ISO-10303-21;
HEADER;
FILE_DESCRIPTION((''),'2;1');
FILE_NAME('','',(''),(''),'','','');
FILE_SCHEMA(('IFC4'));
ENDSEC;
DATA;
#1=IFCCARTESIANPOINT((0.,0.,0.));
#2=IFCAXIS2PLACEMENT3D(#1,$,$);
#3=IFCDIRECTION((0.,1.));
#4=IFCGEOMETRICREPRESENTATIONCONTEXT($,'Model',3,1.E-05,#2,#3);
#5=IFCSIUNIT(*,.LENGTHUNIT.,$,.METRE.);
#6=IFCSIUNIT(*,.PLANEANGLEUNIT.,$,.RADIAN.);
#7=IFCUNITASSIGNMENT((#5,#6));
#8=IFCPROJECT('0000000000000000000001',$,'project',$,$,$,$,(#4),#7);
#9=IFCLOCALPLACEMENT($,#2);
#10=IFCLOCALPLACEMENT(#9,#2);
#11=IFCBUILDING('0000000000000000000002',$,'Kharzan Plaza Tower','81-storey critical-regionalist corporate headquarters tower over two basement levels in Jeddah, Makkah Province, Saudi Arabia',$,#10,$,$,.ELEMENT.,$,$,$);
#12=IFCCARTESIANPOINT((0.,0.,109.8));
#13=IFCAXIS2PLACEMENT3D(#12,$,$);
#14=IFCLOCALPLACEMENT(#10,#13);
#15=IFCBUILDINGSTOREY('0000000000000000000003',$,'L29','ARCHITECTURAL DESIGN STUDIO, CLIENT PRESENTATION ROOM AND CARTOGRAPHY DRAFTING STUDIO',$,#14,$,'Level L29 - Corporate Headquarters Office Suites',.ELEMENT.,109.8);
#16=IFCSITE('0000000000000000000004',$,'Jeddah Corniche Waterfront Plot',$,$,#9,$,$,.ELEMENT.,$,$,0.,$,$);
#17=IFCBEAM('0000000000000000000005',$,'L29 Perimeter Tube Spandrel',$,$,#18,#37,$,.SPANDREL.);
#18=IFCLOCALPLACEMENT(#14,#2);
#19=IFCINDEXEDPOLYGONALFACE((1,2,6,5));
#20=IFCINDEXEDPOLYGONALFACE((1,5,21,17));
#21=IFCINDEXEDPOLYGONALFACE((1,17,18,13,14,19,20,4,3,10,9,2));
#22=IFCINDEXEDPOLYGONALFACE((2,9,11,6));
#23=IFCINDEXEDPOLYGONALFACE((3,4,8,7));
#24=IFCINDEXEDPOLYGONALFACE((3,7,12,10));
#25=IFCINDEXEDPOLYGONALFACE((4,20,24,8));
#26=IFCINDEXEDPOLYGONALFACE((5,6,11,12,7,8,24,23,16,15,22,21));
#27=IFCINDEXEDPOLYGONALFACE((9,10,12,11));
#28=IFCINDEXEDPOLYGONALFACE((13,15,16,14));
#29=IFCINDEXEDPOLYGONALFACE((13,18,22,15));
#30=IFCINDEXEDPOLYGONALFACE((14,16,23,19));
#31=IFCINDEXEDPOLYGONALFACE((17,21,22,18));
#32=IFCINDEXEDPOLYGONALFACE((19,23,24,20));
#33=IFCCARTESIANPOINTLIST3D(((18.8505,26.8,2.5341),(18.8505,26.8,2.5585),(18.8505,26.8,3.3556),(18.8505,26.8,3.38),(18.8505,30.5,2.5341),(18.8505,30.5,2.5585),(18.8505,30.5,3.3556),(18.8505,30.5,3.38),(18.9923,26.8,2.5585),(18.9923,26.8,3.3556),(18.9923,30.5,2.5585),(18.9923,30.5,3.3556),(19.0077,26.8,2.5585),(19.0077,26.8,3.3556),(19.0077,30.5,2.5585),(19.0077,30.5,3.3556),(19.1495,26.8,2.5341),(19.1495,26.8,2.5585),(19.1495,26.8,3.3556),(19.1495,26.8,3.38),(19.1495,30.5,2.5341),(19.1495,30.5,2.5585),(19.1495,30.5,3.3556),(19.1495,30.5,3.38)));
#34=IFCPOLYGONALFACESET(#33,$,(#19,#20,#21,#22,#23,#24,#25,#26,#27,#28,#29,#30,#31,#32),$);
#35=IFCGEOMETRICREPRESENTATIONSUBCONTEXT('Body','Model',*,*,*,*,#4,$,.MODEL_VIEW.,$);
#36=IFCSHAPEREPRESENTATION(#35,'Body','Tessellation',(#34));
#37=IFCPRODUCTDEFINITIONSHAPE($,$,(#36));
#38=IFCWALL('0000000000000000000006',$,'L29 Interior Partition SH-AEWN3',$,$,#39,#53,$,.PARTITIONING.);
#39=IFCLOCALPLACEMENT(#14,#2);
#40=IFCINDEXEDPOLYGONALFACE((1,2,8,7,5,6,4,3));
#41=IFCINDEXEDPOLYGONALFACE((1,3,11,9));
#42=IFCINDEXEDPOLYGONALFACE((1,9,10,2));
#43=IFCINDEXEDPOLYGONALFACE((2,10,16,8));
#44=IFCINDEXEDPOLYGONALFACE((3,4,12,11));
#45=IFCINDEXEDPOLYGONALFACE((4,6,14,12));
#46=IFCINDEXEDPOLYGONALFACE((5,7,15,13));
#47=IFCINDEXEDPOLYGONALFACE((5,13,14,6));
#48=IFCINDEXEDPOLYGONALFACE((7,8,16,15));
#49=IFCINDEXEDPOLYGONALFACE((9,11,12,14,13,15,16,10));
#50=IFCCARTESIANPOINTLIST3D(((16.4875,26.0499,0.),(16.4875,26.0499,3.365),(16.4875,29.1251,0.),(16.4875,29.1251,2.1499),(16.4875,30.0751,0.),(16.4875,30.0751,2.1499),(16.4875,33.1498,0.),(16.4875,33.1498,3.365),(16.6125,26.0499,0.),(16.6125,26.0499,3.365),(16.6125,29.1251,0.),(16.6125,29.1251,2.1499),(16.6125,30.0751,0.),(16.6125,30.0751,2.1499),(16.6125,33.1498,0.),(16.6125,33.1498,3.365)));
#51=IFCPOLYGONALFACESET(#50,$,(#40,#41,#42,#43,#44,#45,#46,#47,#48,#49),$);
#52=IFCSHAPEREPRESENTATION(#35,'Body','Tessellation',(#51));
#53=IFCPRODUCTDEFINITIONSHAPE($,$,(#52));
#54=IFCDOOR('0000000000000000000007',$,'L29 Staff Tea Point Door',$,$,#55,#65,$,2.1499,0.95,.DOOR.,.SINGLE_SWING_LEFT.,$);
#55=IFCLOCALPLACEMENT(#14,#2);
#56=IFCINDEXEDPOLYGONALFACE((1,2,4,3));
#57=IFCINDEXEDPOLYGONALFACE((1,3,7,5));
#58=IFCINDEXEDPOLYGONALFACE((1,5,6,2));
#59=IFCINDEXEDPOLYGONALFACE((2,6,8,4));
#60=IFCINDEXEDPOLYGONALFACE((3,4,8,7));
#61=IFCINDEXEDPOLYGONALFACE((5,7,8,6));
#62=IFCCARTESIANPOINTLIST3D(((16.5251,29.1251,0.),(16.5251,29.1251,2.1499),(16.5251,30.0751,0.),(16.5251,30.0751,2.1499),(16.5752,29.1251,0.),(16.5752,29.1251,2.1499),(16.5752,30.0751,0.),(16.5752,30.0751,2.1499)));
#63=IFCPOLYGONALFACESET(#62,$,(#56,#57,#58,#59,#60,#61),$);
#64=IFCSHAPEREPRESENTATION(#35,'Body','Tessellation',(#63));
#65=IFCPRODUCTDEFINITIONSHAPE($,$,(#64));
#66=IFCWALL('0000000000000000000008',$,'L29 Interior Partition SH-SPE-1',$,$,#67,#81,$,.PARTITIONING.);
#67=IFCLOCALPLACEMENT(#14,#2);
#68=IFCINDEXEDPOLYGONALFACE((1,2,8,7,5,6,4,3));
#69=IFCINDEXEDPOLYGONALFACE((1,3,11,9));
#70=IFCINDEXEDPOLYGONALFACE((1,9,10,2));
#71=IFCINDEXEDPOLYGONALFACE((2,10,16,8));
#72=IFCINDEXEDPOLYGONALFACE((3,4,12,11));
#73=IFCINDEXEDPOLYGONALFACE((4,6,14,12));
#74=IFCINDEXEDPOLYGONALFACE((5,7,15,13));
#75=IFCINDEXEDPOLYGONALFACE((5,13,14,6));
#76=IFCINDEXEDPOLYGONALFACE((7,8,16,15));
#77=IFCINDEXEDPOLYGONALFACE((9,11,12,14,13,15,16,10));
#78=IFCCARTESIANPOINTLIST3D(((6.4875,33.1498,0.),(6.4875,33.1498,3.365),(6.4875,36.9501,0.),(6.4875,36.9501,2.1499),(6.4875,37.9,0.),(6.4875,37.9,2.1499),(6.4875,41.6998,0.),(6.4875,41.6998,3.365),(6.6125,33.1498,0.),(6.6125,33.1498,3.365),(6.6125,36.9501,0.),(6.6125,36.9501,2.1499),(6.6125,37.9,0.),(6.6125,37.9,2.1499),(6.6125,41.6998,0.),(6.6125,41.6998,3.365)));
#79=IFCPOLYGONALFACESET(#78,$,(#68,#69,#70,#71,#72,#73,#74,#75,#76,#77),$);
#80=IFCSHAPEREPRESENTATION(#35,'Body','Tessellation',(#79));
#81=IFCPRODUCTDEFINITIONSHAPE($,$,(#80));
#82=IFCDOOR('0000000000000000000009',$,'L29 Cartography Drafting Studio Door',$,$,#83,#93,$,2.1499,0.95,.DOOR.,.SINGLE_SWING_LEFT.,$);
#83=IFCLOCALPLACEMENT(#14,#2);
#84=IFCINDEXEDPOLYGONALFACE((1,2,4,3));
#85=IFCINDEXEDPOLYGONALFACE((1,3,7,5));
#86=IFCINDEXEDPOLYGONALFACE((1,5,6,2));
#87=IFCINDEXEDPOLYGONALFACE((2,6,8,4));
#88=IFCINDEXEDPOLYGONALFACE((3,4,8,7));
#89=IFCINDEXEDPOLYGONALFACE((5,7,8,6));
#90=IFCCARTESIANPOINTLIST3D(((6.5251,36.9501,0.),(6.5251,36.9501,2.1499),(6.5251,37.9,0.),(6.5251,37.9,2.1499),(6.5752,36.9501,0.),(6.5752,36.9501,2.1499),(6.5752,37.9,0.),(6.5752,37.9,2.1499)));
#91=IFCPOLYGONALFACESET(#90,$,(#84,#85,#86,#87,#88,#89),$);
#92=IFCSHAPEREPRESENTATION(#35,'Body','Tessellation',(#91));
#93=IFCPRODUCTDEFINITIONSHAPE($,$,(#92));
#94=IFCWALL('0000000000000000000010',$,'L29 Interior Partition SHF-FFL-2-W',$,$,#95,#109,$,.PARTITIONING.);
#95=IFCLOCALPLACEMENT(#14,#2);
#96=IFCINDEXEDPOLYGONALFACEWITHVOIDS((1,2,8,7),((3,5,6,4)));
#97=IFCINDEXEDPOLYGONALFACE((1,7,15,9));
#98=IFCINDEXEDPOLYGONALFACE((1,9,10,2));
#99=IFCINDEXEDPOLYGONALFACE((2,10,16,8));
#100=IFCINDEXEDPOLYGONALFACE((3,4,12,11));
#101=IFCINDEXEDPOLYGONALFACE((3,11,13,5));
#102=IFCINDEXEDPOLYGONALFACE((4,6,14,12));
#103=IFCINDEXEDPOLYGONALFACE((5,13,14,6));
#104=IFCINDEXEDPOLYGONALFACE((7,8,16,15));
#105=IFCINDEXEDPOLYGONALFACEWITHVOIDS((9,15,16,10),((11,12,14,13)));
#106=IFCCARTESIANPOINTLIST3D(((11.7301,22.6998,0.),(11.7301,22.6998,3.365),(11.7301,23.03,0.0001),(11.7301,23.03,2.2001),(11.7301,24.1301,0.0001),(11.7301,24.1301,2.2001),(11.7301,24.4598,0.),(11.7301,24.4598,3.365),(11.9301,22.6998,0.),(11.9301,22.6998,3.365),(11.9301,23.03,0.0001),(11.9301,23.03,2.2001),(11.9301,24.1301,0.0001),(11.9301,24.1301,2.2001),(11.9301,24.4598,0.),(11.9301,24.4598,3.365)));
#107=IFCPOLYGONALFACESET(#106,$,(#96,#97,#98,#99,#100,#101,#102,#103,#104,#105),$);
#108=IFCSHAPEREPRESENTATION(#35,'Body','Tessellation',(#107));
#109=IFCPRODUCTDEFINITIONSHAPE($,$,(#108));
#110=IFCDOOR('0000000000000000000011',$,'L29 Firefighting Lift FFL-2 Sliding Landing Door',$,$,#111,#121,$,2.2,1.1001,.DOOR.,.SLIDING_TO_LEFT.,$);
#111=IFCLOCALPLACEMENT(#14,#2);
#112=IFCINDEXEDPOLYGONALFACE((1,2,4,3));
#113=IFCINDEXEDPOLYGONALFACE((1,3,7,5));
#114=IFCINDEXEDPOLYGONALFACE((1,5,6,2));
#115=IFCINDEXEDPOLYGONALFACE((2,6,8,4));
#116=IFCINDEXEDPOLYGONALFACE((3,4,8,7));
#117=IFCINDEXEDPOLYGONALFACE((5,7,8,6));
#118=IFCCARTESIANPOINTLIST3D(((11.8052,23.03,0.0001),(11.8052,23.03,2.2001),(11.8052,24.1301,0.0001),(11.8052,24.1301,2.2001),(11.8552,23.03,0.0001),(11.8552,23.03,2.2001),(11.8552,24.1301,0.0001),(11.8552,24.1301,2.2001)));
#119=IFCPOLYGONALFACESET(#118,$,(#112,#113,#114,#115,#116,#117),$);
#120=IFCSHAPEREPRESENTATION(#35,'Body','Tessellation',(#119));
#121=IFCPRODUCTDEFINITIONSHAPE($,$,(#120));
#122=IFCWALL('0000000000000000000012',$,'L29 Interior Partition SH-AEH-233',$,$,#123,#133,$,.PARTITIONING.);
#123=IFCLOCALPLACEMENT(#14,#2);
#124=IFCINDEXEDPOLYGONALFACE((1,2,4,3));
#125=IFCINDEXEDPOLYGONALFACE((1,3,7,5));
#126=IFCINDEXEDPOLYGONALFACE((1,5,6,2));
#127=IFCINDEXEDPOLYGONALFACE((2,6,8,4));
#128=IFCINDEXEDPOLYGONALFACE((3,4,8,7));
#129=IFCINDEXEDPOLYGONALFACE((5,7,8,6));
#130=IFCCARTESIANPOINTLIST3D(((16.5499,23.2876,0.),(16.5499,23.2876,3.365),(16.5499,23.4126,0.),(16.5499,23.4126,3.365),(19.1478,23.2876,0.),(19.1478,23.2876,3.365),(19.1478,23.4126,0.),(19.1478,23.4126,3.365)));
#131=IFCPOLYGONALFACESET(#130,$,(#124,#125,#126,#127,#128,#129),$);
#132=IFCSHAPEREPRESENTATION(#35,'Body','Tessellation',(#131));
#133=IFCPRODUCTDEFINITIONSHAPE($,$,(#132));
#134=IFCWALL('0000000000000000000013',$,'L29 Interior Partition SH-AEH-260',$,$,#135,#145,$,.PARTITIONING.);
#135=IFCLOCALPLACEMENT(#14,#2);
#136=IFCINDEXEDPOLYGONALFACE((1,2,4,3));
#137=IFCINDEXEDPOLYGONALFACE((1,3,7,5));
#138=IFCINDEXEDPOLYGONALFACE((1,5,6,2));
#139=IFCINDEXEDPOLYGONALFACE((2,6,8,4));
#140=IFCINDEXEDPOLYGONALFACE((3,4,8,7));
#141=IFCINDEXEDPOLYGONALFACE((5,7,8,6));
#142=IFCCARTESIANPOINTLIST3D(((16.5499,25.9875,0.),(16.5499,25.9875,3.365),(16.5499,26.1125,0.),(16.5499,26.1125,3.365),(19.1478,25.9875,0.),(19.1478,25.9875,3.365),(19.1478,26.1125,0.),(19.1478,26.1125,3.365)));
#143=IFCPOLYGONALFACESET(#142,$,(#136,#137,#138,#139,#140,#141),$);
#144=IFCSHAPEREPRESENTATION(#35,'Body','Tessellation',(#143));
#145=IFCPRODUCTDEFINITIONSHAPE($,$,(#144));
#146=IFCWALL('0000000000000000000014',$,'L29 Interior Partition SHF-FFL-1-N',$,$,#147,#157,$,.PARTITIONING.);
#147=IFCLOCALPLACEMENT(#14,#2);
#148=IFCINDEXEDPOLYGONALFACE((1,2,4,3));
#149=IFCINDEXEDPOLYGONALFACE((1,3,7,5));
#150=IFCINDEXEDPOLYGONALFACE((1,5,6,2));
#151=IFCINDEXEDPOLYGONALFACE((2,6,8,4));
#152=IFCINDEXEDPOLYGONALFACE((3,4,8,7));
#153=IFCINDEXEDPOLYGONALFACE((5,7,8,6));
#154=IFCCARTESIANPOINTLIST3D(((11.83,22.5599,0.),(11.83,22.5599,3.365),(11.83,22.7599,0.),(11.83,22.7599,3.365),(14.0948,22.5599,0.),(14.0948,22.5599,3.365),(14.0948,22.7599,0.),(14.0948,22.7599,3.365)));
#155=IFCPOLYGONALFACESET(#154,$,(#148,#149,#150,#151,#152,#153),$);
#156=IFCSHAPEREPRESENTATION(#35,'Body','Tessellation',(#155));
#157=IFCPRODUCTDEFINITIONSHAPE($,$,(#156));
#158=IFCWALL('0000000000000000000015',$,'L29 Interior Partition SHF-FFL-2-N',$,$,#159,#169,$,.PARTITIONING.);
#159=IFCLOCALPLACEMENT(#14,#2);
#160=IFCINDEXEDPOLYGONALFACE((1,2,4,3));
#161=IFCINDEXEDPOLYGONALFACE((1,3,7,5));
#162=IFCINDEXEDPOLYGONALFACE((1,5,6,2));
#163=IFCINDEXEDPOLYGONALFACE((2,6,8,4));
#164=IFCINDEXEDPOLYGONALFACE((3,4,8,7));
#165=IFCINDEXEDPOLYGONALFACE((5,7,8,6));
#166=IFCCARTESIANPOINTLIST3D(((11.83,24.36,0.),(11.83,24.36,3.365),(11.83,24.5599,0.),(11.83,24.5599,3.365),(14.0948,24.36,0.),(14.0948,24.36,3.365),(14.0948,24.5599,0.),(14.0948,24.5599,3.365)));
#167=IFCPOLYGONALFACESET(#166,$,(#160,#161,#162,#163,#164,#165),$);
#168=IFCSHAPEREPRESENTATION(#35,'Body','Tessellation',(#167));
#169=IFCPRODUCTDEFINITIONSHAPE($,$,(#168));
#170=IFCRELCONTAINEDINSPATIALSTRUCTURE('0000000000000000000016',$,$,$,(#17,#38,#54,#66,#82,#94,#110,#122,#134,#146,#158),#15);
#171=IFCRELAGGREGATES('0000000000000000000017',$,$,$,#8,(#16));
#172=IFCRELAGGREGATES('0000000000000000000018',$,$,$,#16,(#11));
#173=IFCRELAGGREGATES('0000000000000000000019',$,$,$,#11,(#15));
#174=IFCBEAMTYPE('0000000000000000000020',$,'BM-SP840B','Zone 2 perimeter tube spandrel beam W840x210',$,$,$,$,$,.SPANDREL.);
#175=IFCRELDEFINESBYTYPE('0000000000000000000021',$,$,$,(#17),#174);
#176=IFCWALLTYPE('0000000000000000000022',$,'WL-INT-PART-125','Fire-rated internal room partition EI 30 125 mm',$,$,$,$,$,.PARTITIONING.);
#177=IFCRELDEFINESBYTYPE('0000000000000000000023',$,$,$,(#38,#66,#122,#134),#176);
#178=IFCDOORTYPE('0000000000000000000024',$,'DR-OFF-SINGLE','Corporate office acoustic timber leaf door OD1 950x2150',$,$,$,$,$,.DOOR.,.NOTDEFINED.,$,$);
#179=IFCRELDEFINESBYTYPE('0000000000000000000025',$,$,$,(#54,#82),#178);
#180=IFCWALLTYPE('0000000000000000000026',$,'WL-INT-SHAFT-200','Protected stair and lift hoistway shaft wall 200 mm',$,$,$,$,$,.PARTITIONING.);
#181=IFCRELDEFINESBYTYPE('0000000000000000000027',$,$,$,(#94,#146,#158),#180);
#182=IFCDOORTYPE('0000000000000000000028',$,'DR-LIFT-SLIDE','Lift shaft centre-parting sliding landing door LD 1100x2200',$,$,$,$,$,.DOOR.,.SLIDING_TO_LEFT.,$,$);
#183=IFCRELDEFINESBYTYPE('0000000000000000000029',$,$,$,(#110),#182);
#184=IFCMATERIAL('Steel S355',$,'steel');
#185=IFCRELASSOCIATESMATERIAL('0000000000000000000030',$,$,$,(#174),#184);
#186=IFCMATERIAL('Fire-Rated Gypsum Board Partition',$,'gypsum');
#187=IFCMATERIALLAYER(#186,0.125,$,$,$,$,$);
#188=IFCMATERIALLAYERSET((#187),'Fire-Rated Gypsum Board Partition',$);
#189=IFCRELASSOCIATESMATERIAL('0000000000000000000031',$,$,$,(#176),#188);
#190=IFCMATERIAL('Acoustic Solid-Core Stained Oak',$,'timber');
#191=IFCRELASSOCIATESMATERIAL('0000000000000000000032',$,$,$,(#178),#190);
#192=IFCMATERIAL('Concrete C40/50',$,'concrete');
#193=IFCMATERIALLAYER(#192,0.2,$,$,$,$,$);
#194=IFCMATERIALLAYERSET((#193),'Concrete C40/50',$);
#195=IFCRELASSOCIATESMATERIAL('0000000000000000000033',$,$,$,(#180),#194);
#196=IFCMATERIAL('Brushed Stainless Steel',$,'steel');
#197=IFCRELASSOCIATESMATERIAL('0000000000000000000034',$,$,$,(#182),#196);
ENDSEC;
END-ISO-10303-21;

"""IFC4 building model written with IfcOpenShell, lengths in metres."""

from ifc_helpers import new_model, si_unit, direction, frame, frame_2d, origin, origin_2d, place, context, subcontext, project, spatial, rectangle, i_section, extrude, source, transform, mapped, material, layer, layer_set, material_profile, profile_set, type_object, element, fill, save


model = new_model("IFC4")

# Units and contexts
model_context = context("Model", 3, precision=1e-05, world=origin(), true_north=direction((0.0, 1.0)))
body_context = subcontext(model_context, "Body", "Model", "MODEL_VIEW")
ifc_project = project(units=[si_unit("LENGTHUNIT", "METRE"), si_unit("PLANEANGLEUNIT", "RADIAN")], contexts=[model_context])

# Site, building, storey
site_placement = place(None, origin())
site = spatial("IfcSite", under=ifc_project, at=site_placement, Name="Jeddah Corniche Waterfront Plot", CompositionType="ELEMENT", RefElevation=0.0)
building_placement = place(site_placement, origin())
building = spatial("IfcBuilding", under=site, at=building_placement, Name="Kharzan Plaza Tower", Description="81-storey critical-regionalist corporate headquarters tower over two basement levels in Jeddah, Makkah Province, Saudi Arabia", CompositionType="ELEMENT")
storey_placement = place(building_placement, frame((0.0, 0.0, 109.8)))
storey = spatial("IfcBuildingStorey", under=building, at=storey_placement, Name="L29", Description="ARCHITECTURAL DESIGN STUDIO, CLIENT PRESENTATION ROOM AND CARTOGRAPHY DRAFTING STUDIO", LongName="Level L29 - Corporate Headquarters Office Suites", CompositionType="ELEMENT", Elevation=109.8)

# Beam
ifc_material_1 = material(Name="Steel S355", Category="steel")
ifc_material_profile_1 = material_profile(ifc_material_1, i_section(OverallWidth=0.2991, OverallDepth=0.8459, WebThickness=0.0154, FlangeThickness=0.0244, at=origin_2d()), Name="W840x210")
ifc_profile_set_1 = profile_set([ifc_material_profile_1], Name="Steel S355")
beam_type_1 = type_object("IfcBeamType", Name="BM-SP840B", Description="Zone 2 perimeter tube spandrel beam W840x210", PredefinedType="SPANDREL", material=ifc_profile_set_1)
shared_shape_1 = source(origin(), body_context, "Body", "SweptSolid", [
    extrude(i_section(OverallWidth=0.2991, OverallDepth=0.8459, WebThickness=0.0154, FlangeThickness=0.0244, at=origin_2d()), origin(), (0.0, 0.0, 1.0), 3.7),
])
beam_1_placement = place(storey_placement, frame((19.0, 26.8, 2.957), z_axis=(0.0, 1.0, 0.0), x_axis=(-1.0, 0.0, 0.0)))
element("IfcBeam", 1, at=beam_1_placement, inside=storey, type_object=beam_type_1, Name="L29 Perimeter Tube Spandrel", PredefinedType="SPANDREL", context=body_context, shape_type="MappedRepresentation", body=[
    mapped(shared_shape_1, transform((0.0, 0.0, 0.0), x_axis=(1.0, 0.0, 0.0), y_axis=(0.0, 1.0, 0.0), z_axis=(0.0, 0.0, 1.0))),
])

# Walls, openings, doors
ifc_material_2 = material(Name="Fire-Rated Gypsum Board Partition", Category="gypsum")
ifc_layer_1 = layer(ifc_material_2, 0.125)
ifc_layer_set_1 = layer_set([ifc_layer_1], Name="Fire-Rated Gypsum Board Partition")
wall_type_1 = type_object("IfcWallType", Name="WL-INT-PART-125", Description="Fire-rated internal room partition EI 30 125 mm", PredefinedType="PARTITIONING", material=ifc_layer_set_1)
wall_1_placement = place(storey_placement, frame((16.55, 26.05, 0.0), z_axis=(0.0, 0.0, 1.0), x_axis=(0.0, 1.0, 0.0)))
wall_1 = element("IfcWall", 2, at=wall_1_placement, inside=storey, type_object=wall_type_1, Name="L29 Interior Partition SH-AEWN3", PredefinedType="PARTITIONING", context=body_context, shape_type="SweptSolid", body=[
    extrude(rectangle(XDim=7.0999, YDim=0.125, at=frame_2d((3.5498, 0.0))), origin(), (0.0, 0.0, 1.0), 3.365),
])
opening_1_placement = place(wall_1_placement, frame((3.075, 0.0, 0.0)))
opening_1 = element("IfcOpeningElement", 3, at=opening_1_placement, cuts=wall_1, PredefinedType="OPENING", context=body_context, shape_type="SweptSolid", body=[
    extrude(rectangle(XDim=0.95, YDim=2.1499, at=frame_2d((0.4751, 1.075))), frame((0.0, 0.0725, 0.0), z_axis=(0.0, -1.0, 0.0), x_axis=(1.0, 0.0, 0.0)), (0.0, 0.0, 1.0), 0.145),
])
ifc_material_3 = material(Name="Acoustic Solid-Core Stained Oak", Category="timber")
door_type_1 = type_object("IfcDoorType", Name="DR-OFF-SINGLE", Description="Corporate office acoustic timber leaf door OD1 950x2150", OperationType="NOTDEFINED", PredefinedType="DOOR", material=ifc_material_3)
shared_shape_2 = source(origin(), body_context, "Body", "SweptSolid", [
    extrude(rectangle(XDim=0.95, YDim=2.1499, at=frame_2d((0.4751, 1.075))), frame((0.0, 0.0249, 0.0), z_axis=(0.0, -1.0, 0.0), x_axis=(1.0, 0.0, 0.0)), (0.0, 0.0, 1.0), 0.05),
])
door_1_placement = place(opening_1_placement, origin())
door_1 = element("IfcDoor", 4, at=door_1_placement, inside=storey, type_object=door_type_1, Name="L29 Staff Tea Point Door", OperationType="SINGLE_SWING_LEFT", OverallHeight=2.1499, OverallWidth=0.95, PredefinedType="DOOR", context=body_context, shape_type="MappedRepresentation", body=[
    mapped(shared_shape_2, transform((0.0, 0.0, 0.0), x_axis=(1.0, 0.0, 0.0), y_axis=(0.0, 1.0, 0.0), z_axis=(0.0, 0.0, 1.0))),
])
fill(opening_1, door_1)
wall_2_placement = place(storey_placement, frame((6.55, 33.1499, 0.0), z_axis=(0.0, 0.0, 1.0), x_axis=(0.0, 1.0, 0.0)))
wall_2 = element("IfcWall", 5, at=wall_2_placement, inside=storey, type_object=wall_type_1, Name="L29 Interior Partition SH-SPE-1", PredefinedType="PARTITIONING", context=body_context, shape_type="SweptSolid", body=[
    extrude(rectangle(XDim=8.55, YDim=0.125, at=frame_2d((4.2749, 0.0))), origin(), (0.0, 0.0, 1.0), 3.365),
])
opening_2_placement = place(wall_2_placement, frame((3.8, 0.0, 0.0)))
opening_2 = element("IfcOpeningElement", 6, at=opening_2_placement, cuts=wall_2, PredefinedType="OPENING", context=body_context, shape_type="SweptSolid", body=[
    extrude(rectangle(XDim=0.95, YDim=2.1499, at=frame_2d((0.4751, 1.075))), frame((0.0, 0.0725, 0.0), z_axis=(0.0, -1.0, 0.0), x_axis=(1.0, 0.0, 0.0)), (0.0, 0.0, 1.0), 0.145),
])
door_2_placement = place(opening_2_placement, origin())
door_2 = element("IfcDoor", 7, at=door_2_placement, inside=storey, type_object=door_type_1, Name="L29 Cartography Drafting Studio Door", OperationType="SINGLE_SWING_LEFT", OverallHeight=2.1499, OverallWidth=0.95, PredefinedType="DOOR", context=body_context, shape_type="MappedRepresentation", body=[
    mapped(shared_shape_2, transform((0.0, 0.0, 0.0), x_axis=(1.0, 0.0, 0.0), y_axis=(0.0, 1.0, 0.0), z_axis=(0.0, 0.0, 1.0))),
])
fill(opening_2, door_2)
ifc_material_4 = material(Name="Concrete C40/50", Category="concrete")
ifc_layer_2 = layer(ifc_material_4, 0.2)
ifc_layer_set_2 = layer_set([ifc_layer_2], Name="Concrete C40/50")
wall_type_2 = type_object("IfcWallType", Name="WL-INT-SHAFT-200", Description="Protected stair and lift hoistway shaft wall 200 mm", PredefinedType="PARTITIONING", material=ifc_layer_set_2)
wall_3_placement = place(storey_placement, frame((11.8301, 22.7, 0.0), z_axis=(0.0, 0.0, 1.0), x_axis=(0.0, 1.0, 0.0)))
wall_3 = element("IfcWall", 8, at=wall_3_placement, inside=storey, type_object=wall_type_2, Name="L29 Interior Partition SHF-FFL-2-W", PredefinedType="PARTITIONING", context=body_context, shape_type="SweptSolid", body=[
    extrude(rectangle(XDim=1.76, YDim=0.2, at=frame_2d((0.8799, 0.0))), origin(), (0.0, 0.0, 1.0), 3.365),
])
opening_3_placement = place(wall_3_placement, frame((0.3301, 0.0, 0.0)))
opening_3 = element("IfcOpeningElement", 9, at=opening_3_placement, cuts=wall_3, PredefinedType="OPENING", context=body_context, shape_type="SweptSolid", body=[
    extrude(rectangle(XDim=1.1001, YDim=2.2, at=frame_2d((0.55, 1.1001))), frame((0.0, 0.1099, 0.0), z_axis=(0.0, -1.0, 0.0), x_axis=(1.0, 0.0, 0.0)), (0.0, 0.0, 1.0), 0.22),
])
ifc_material_5 = material(Name="Brushed Stainless Steel", Category="steel")
door_type_2 = type_object("IfcDoorType", Name="DR-LIFT-SLIDE", Description="Lift shaft centre-parting sliding landing door LD 1100x2200", OperationType="SLIDING_TO_LEFT", PredefinedType="DOOR", material=ifc_material_5)
shared_shape_3 = source(origin(), body_context, "Body", "SweptSolid", [
    extrude(rectangle(XDim=1.1001, YDim=2.2, at=frame_2d((0.55, 1.1001))), frame((0.0, 0.0249, 0.0), z_axis=(0.0, -1.0, 0.0), x_axis=(1.0, 0.0, 0.0)), (0.0, 0.0, 1.0), 0.05),
])
door_3_placement = place(opening_3_placement, origin())
door_3 = element("IfcDoor", 10, at=door_3_placement, inside=storey, type_object=door_type_2, Name="L29 Firefighting Lift FFL-2 Sliding Landing Door", OperationType="SLIDING_TO_LEFT", OverallHeight=2.2, OverallWidth=1.1001, PredefinedType="DOOR", context=body_context, shape_type="MappedRepresentation", body=[
    mapped(shared_shape_3, transform((0.0, 0.0, 0.0), x_axis=(1.0, 0.0, 0.0), y_axis=(0.0, 1.0, 0.0), z_axis=(0.0, 0.0, 1.0))),
])
fill(opening_3, door_3)

# Walls
shared_shape_4 = source(origin(), body_context, "Body", "SweptSolid", [
    extrude(rectangle(XDim=2.5979, YDim=0.125, at=frame_2d((1.2988, 0.0))), origin(), (0.0, 0.0, 1.0), 3.365),
])
for number, where, z_axis, x_axis, name in (
    (11, (16.55, 23.3501, 0.0), (0.0, 0.0, 1.0), (1.0, 0.0, 0.0), "L29 Interior Partition SH-AEH-233"),
    (12, (16.55, 26.05, 0.0), (0.0, 0.0, 1.0), (1.0, 0.0, 0.0), "L29 Interior Partition SH-AEH-260"),
):
    element("IfcWall", number, at=place(storey_placement, frame(where, z_axis=z_axis, x_axis=x_axis)), inside=storey, type_object=wall_type_1, Name=name, PredefinedType="PARTITIONING", context=body_context, shape_type="MappedRepresentation", body=[
        mapped(shared_shape_4, transform((0.0, 0.0, 0.0), x_axis=(1.0, 0.0, 0.0), y_axis=(0.0, 1.0, 0.0), z_axis=(0.0, 0.0, 1.0))),
    ])
shared_shape_5 = source(origin(), body_context, "Body", "SweptSolid", [
    extrude(rectangle(XDim=2.2649, YDim=0.2, at=frame_2d((1.1323, 0.0))), origin(), (0.0, 0.0, 1.0), 3.365),
])
for number, where, z_axis, x_axis, name in (
    (13, (11.8301, 22.6599, 0.0), (0.0, 0.0, 1.0), (1.0, 0.0, 0.0), "L29 Interior Partition SHF-FFL-1-N"),
    (14, (11.8301, 24.46, 0.0), (0.0, 0.0, 1.0), (1.0, 0.0, 0.0), "L29 Interior Partition SHF-FFL-2-N"),
):
    element("IfcWall", number, at=place(storey_placement, frame(where, z_axis=z_axis, x_axis=x_axis)), inside=storey, type_object=wall_type_2, Name=name, PredefinedType="PARTITIONING", context=body_context, shape_type="MappedRepresentation", body=[
        mapped(shared_shape_5, transform((0.0, 0.0, 0.0), x_axis=(1.0, 0.0, 0.0), y_axis=(0.0, 1.0, 0.0), z_axis=(0.0, 0.0, 1.0))),
    ])

save(model, "model.ifc")
